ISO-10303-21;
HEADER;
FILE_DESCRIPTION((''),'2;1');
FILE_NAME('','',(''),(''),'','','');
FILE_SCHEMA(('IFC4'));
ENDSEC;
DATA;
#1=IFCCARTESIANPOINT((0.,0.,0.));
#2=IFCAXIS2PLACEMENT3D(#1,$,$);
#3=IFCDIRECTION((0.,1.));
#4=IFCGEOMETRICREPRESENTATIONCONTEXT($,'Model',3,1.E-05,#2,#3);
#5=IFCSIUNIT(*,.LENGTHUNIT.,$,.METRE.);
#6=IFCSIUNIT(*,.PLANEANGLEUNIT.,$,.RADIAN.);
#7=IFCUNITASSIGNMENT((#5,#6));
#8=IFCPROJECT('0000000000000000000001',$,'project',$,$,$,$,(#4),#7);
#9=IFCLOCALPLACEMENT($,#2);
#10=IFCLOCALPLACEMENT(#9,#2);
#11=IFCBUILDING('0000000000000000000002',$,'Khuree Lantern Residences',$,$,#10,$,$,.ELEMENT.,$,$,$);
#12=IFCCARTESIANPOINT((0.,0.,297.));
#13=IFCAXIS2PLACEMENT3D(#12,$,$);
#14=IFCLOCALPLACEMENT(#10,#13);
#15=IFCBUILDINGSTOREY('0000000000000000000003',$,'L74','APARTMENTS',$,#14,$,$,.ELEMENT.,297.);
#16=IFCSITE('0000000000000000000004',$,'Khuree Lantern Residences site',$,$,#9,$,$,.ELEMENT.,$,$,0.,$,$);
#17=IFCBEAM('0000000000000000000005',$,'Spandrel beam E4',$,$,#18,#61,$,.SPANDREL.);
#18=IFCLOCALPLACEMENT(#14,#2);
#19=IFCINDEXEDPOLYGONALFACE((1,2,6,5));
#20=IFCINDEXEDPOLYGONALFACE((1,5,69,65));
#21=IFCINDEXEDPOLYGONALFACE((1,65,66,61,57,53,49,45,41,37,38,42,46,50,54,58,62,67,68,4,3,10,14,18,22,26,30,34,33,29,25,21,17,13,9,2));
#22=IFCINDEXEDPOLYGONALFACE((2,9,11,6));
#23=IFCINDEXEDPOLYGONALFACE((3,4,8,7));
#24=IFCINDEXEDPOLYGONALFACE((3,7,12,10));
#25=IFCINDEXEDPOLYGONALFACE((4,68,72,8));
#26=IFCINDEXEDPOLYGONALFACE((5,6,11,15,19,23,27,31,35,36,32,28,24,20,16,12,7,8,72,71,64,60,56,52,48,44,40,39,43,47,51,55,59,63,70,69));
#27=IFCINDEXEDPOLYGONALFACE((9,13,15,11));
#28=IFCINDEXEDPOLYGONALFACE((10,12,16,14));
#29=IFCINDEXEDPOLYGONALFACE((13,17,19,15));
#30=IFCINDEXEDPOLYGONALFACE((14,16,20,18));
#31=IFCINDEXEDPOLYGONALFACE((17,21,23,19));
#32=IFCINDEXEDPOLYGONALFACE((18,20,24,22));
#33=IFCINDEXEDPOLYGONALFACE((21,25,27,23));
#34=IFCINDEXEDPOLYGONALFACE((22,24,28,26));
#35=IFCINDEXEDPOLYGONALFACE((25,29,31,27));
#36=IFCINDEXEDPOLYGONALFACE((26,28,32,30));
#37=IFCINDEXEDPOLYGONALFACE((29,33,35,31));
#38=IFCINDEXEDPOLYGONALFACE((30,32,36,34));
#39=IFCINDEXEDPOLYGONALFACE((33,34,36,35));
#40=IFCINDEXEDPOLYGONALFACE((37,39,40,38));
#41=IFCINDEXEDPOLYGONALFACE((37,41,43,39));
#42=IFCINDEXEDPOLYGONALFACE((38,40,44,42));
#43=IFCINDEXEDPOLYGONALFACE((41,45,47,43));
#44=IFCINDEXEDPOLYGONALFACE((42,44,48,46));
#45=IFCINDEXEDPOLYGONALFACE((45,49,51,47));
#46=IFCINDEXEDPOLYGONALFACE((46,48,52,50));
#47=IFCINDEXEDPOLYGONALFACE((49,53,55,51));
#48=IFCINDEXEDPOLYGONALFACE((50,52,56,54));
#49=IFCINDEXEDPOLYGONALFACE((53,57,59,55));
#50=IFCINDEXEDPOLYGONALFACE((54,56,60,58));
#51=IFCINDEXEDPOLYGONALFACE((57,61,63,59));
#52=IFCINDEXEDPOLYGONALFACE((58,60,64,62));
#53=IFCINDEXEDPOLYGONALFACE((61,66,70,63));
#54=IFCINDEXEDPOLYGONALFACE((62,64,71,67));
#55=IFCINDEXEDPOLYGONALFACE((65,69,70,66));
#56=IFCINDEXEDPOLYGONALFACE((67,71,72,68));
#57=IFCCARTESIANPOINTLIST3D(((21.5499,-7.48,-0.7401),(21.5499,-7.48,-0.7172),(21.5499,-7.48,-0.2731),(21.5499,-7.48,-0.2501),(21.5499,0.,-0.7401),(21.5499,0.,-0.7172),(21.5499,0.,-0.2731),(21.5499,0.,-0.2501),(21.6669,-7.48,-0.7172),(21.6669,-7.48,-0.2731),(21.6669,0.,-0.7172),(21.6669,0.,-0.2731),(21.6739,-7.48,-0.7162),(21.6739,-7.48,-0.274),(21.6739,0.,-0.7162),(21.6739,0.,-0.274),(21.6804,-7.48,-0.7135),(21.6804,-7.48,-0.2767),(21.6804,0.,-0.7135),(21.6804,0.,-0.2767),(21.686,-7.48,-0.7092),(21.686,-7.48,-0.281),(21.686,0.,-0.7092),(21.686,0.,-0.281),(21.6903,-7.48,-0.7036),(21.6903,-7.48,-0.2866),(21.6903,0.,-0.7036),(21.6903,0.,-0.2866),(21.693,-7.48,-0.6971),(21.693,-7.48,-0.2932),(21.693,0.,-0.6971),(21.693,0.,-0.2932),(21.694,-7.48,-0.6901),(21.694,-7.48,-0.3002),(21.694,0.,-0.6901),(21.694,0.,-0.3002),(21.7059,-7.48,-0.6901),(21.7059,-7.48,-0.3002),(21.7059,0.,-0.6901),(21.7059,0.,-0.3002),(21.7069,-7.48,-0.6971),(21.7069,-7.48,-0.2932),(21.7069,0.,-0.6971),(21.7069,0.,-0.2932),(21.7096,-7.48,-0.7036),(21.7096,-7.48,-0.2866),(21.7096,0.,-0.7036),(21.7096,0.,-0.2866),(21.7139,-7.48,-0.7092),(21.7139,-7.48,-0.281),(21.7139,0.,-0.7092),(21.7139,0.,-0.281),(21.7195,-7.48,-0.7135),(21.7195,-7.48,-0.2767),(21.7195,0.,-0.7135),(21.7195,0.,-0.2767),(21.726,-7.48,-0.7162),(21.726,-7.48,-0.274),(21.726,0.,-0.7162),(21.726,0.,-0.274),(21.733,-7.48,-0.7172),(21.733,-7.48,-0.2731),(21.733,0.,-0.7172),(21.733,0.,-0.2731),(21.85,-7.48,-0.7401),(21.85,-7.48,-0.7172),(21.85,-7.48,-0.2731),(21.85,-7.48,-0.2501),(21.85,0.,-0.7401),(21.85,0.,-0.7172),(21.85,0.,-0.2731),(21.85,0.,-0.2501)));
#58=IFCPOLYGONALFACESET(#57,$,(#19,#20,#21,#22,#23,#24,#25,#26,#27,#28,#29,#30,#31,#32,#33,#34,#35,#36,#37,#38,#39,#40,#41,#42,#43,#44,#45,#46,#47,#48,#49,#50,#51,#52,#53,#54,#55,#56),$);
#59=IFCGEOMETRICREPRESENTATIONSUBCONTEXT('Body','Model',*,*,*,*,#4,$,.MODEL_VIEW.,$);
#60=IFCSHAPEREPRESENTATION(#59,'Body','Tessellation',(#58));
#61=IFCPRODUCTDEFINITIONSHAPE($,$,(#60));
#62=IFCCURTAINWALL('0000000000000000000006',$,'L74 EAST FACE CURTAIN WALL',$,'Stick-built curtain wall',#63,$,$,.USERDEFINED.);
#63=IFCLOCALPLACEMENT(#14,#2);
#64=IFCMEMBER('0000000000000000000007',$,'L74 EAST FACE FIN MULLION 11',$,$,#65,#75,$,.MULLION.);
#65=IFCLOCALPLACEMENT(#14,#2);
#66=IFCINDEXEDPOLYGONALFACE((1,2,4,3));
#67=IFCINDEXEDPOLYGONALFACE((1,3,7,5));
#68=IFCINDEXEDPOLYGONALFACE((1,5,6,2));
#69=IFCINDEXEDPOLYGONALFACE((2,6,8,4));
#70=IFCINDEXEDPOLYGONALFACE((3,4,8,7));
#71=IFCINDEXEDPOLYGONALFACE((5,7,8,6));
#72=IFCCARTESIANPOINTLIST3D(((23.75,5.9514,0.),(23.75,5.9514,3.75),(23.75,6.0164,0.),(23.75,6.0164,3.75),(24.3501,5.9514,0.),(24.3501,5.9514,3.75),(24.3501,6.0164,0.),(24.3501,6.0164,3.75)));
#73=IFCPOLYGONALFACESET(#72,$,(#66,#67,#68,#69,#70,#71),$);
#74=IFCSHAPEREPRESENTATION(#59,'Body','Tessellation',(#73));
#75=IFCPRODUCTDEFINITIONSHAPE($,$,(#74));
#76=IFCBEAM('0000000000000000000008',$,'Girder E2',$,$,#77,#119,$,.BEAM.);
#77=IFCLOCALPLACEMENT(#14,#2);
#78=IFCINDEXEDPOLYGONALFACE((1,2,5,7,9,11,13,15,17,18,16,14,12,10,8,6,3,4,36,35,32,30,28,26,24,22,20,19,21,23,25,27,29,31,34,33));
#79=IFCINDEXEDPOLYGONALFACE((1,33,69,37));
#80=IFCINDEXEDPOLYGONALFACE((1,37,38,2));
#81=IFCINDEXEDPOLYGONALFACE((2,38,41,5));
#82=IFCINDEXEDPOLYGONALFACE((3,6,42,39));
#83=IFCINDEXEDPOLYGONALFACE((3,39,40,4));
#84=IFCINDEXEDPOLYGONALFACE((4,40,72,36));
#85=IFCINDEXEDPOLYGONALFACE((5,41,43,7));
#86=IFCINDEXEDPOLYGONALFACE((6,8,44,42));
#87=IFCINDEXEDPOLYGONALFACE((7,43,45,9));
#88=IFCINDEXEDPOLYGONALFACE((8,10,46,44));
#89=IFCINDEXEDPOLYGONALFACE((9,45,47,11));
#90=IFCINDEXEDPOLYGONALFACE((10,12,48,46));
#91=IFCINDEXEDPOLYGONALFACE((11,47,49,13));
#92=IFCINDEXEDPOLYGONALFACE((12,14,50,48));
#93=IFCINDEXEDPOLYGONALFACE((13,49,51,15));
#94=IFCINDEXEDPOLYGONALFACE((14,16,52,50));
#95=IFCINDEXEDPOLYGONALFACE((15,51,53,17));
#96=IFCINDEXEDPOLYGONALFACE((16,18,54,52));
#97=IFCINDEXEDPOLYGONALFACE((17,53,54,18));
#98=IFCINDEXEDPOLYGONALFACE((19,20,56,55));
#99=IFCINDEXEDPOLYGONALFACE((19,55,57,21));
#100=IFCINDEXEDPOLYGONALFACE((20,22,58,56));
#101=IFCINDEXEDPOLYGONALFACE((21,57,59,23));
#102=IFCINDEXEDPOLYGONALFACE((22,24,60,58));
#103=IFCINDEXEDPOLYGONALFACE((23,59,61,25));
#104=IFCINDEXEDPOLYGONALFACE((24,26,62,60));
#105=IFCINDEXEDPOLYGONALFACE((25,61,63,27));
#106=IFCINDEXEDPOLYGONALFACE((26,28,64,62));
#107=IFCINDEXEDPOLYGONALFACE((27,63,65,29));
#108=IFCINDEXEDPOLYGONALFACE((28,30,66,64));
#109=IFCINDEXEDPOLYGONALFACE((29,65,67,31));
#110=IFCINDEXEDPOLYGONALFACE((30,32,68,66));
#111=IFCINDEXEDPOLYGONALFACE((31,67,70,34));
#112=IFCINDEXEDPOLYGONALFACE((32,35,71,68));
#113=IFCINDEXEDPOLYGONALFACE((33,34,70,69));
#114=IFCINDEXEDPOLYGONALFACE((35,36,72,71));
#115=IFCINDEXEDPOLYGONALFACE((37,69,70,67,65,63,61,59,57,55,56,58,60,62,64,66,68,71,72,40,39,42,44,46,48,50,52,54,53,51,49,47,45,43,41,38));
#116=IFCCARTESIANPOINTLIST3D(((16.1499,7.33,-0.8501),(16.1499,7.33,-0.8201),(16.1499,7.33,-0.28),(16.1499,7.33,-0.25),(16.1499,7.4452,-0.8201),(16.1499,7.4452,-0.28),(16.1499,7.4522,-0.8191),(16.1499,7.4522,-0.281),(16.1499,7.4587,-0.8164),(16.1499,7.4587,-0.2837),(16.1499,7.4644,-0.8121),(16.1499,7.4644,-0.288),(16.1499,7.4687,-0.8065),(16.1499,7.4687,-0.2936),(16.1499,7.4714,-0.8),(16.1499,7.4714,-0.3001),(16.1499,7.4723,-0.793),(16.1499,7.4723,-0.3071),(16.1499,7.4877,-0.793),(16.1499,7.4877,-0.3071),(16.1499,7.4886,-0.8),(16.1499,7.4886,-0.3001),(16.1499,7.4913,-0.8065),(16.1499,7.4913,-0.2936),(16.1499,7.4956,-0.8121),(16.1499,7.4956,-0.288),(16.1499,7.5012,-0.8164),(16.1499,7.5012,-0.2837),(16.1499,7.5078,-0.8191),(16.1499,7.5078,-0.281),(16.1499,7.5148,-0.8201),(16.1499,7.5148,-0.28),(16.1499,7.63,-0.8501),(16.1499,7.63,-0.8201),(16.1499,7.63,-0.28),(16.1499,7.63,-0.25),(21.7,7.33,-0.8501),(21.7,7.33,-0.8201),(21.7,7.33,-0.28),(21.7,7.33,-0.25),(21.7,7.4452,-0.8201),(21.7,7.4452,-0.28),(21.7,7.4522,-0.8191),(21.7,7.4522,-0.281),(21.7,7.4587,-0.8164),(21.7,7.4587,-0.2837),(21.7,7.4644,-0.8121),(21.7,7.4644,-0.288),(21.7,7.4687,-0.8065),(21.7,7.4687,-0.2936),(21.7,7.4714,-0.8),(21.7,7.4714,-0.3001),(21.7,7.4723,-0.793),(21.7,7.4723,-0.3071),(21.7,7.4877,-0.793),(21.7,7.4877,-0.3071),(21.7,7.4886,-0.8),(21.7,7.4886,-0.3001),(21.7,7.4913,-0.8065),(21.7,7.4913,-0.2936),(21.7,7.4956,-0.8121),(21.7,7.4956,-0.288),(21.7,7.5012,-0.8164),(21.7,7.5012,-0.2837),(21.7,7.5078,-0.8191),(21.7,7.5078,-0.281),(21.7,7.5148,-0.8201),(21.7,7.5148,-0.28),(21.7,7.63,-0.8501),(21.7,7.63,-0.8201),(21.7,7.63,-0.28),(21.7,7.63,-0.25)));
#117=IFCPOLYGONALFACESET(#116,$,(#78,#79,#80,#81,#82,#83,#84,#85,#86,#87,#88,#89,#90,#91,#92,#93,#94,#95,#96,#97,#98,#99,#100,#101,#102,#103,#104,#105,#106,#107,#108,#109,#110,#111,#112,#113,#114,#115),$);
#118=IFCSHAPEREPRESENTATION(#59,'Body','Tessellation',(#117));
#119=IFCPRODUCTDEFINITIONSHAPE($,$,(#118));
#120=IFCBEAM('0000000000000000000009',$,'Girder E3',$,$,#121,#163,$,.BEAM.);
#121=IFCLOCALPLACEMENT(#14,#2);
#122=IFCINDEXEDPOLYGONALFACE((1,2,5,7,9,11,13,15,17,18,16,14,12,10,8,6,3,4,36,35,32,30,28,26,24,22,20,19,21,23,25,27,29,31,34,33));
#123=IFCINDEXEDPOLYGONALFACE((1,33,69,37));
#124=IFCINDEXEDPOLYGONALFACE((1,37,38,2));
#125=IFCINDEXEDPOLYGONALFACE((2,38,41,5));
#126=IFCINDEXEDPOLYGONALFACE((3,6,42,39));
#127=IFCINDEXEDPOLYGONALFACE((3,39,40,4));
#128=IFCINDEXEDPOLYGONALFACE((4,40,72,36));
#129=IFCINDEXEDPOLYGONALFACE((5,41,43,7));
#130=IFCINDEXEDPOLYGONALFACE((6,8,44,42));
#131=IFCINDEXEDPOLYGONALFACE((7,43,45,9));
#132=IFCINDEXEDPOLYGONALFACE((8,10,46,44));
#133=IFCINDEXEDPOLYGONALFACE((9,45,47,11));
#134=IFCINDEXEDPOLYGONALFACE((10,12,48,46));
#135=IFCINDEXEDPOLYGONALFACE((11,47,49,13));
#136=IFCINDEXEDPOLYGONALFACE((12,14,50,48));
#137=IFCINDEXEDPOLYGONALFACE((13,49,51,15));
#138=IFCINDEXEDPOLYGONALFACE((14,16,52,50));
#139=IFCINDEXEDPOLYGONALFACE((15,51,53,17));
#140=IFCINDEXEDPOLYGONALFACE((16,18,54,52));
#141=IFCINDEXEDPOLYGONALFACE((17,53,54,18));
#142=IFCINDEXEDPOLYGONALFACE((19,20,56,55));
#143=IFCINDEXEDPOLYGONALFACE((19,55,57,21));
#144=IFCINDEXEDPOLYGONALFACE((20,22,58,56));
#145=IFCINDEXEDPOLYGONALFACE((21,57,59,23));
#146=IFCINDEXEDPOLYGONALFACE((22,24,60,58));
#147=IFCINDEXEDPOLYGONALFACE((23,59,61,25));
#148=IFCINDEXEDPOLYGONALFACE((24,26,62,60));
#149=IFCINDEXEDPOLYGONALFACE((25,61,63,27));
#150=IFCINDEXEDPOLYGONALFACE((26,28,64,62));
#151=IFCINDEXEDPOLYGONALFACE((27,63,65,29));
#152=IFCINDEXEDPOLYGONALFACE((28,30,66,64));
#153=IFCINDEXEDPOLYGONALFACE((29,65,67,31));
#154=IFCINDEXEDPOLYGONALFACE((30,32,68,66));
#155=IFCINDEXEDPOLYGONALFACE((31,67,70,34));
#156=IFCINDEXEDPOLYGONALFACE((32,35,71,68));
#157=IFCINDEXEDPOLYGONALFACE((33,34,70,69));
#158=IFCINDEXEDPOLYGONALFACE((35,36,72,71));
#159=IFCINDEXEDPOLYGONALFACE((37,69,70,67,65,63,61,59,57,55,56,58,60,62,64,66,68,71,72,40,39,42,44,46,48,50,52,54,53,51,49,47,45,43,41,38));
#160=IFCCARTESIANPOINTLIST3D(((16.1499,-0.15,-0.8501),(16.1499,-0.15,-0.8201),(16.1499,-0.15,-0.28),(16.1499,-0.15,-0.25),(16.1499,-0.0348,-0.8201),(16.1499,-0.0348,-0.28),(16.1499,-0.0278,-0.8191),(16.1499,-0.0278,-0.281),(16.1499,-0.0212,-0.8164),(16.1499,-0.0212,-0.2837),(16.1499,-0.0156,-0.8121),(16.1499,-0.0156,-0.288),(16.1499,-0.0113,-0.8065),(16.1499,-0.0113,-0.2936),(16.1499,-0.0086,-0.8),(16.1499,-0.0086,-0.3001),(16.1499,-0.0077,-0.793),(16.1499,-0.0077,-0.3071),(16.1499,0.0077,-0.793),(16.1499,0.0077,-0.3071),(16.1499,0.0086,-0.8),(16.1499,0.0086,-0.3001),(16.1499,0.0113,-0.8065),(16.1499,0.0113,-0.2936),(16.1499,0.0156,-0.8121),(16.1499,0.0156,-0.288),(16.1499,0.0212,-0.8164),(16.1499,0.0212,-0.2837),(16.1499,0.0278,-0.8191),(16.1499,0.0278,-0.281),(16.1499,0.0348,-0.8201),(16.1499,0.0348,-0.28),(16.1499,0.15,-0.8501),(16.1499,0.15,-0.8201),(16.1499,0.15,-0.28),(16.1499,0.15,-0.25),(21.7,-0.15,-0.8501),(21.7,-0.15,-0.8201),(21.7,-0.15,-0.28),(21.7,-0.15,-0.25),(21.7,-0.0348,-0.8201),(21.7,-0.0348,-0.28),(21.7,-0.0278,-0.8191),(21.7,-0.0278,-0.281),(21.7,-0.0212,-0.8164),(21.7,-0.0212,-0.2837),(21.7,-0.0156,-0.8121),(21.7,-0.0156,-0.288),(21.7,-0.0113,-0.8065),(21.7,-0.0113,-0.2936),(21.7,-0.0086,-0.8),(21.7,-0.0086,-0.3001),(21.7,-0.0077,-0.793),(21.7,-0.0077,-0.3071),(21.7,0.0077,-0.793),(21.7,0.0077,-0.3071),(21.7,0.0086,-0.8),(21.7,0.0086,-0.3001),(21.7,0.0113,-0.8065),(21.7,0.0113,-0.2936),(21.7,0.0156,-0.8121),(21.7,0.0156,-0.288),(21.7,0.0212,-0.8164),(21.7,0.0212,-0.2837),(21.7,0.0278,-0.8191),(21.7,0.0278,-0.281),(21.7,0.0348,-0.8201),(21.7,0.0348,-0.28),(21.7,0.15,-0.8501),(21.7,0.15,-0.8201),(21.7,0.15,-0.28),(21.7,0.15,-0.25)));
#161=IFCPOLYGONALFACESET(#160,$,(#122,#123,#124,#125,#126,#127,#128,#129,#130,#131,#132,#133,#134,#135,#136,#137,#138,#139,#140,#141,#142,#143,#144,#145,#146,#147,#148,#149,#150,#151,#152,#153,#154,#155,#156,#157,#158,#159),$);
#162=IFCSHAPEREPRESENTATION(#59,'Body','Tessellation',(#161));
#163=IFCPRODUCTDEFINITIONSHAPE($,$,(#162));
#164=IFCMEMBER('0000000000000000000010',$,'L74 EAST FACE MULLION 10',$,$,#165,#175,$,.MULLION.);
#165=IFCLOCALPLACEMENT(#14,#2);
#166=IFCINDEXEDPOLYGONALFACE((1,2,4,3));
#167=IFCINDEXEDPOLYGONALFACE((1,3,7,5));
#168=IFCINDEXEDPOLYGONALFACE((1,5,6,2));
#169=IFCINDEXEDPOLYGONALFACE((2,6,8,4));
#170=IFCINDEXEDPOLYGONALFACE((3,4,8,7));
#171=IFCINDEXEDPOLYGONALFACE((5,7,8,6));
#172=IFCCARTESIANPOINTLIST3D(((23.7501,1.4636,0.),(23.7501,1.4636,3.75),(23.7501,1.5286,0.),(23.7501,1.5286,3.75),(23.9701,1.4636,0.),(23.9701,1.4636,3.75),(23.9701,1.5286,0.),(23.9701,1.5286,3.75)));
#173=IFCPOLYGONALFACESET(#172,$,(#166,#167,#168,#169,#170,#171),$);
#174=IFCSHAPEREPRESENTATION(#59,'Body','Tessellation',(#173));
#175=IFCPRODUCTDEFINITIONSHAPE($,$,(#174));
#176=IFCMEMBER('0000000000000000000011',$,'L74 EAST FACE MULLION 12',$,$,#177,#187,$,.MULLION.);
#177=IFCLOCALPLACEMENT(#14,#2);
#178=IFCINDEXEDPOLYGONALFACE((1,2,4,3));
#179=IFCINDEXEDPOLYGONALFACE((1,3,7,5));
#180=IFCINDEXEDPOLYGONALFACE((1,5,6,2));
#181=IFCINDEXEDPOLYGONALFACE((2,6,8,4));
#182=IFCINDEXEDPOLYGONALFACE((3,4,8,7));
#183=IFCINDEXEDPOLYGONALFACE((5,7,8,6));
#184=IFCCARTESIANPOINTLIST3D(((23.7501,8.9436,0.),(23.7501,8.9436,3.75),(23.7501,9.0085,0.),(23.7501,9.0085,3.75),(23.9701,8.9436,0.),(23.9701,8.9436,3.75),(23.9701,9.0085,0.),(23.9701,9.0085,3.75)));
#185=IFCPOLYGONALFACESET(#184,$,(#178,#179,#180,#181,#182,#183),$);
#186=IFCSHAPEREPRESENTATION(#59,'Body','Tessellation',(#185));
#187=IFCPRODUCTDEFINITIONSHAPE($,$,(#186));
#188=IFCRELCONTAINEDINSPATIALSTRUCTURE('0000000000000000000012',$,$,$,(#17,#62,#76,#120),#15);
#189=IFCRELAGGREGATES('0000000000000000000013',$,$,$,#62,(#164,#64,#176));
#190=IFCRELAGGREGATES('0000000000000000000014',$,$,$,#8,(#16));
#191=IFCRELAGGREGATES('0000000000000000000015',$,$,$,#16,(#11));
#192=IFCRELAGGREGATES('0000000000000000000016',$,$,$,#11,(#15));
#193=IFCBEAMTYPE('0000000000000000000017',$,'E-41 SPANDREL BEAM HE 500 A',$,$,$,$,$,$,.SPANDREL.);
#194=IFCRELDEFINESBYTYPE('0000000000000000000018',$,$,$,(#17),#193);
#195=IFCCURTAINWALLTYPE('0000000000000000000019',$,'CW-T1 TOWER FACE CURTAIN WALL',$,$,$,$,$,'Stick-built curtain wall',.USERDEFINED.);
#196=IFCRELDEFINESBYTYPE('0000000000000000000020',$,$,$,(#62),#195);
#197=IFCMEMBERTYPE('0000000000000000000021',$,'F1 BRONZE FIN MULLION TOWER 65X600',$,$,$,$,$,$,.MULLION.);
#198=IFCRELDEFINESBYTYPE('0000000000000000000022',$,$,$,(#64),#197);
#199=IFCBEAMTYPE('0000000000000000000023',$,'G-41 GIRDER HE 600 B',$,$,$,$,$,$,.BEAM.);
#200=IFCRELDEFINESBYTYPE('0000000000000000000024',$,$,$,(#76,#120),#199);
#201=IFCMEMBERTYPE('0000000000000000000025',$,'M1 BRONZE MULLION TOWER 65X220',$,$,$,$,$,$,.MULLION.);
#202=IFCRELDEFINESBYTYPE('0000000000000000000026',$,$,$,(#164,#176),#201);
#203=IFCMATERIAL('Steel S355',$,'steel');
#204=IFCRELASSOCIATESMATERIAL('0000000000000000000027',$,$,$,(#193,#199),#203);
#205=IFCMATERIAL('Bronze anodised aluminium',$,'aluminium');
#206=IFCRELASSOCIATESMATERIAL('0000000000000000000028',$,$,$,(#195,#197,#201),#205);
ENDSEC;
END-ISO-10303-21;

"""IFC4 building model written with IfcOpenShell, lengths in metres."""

from ifc_helpers import new_model, si_unit, direction, frame, origin, origin_2d, place, context, subcontext, project, spatial, rectangle, i_section, extrude, material, material_profile, profile_set, type_object, element, aggregate, save


model = new_model("IFC4")

# Units and contexts
model_context = context("Model", 3, precision=1e-05, world=origin(), true_north=direction((0.0, 1.0)))
body_context = subcontext(model_context, "Body", "Model", "MODEL_VIEW")
ifc_project = project(units=[si_unit("LENGTHUNIT", "METRE"), si_unit("PLANEANGLEUNIT", "RADIAN")], contexts=[model_context])

# Site, building, storey
site_placement = place(None, origin())
site = spatial("IfcSite", under=ifc_project, at=site_placement, Name="Khuree Lantern Residences site", CompositionType="ELEMENT", RefElevation=0.0)
building_placement = place(site_placement, origin())
building = spatial("IfcBuilding", under=site, at=building_placement, Name="Khuree Lantern Residences", CompositionType="ELEMENT")
storey_placement = place(building_placement, frame((0.0, 0.0, 297.0)))
storey = spatial("IfcBuildingStorey", under=building, at=storey_placement, Name="L74", Description="APARTMENTS", CompositionType="ELEMENT", Elevation=297.0)

# Beam
ifc_material_1 = material(Name="Steel S355", Category="steel")
ifc_material_profile_1 = material_profile(ifc_material_1, i_section(OverallWidth=0.3, OverallDepth=0.49, WebThickness=0.012, FlangeThickness=0.0229, FilletRadius=0.0271, at=origin_2d()), Name="HE 500 A")
ifc_profile_set_1 = profile_set([ifc_material_profile_1], Name="Steel S355")
beam_type_1 = type_object("IfcBeamType", Name="E-41 SPANDREL BEAM HE 500 A", PredefinedType="SPANDREL", material=ifc_profile_set_1)
for number, where, z_axis, x_axis, name in (
    (1, (21.7, 0.0, -0.4951), (0.0, -1.0, 0.0), (1.0, 0.0, 0.0), "Spandrel beam E4"),
):
    element("IfcBeam", number, at=place(storey_placement, frame(where, z_axis=z_axis, x_axis=x_axis)), inside=storey, type_object=beam_type_1, Name=name, PredefinedType="SPANDREL", context=body_context, shape_type="SweptSolid", body=[
        extrude(i_section(OverallWidth=0.3, OverallDepth=0.49, WebThickness=0.012, FlangeThickness=0.0229, FilletRadius=0.0271, at=origin_2d()), origin(), (0.0, 0.0, 1.0), 7.48),
    ])

# Curtain wall, member
ifc_material_2 = material(Name="Bronze anodised aluminium", Category="aluminium")
curtain_wall_type = type_object("IfcCurtainWallType", Name="CW-T1 TOWER FACE CURTAIN WALL", ElementType="Stick-built curtain wall", PredefinedType="USERDEFINED", material=ifc_material_2)
curtain_wall_placement = place(storey_placement, origin())
curtain_wall = element("IfcCurtainWall", 2, at=curtain_wall_placement, inside=storey, type_object=curtain_wall_type, Name="L74 EAST FACE CURTAIN WALL", ObjectType="Stick-built curtain wall", PredefinedType="USERDEFINED")
ifc_material_profile_2 = material_profile(ifc_material_2, rectangle(XDim=0.0649, YDim=0.6001, at=origin_2d()), Name="F1 65X600")
ifc_profile_set_2 = profile_set([ifc_material_profile_2], Name="Bronze anodised aluminium")
member_type_1 = type_object("IfcMemberType", Name="F1 BRONZE FIN MULLION TOWER 65X600", PredefinedType="MULLION", material=ifc_profile_set_2)
member_1_placement = place(storey_placement, frame((24.05, 5.9839, 0.0), z_axis=(0.0, 0.0, 1.0), x_axis=(0.0, 1.0, 0.0)))
member_1 = element("IfcMember", 3, at=member_1_placement, type_object=member_type_1, Name="L74 EAST FACE FIN MULLION 11", PredefinedType="MULLION", context=body_context, shape_type="SweptSolid", body=[
    extrude(rectangle(XDim=0.0649, YDim=0.6001, at=origin_2d()), origin(), (0.0, 0.0, 1.0), 3.75),
])

# Beams
ifc_material_profile_3 = material_profile(ifc_material_1, i_section(OverallWidth=0.3, OverallDepth=0.6001, WebThickness=0.0154, FlangeThickness=0.03, FilletRadius=0.0271, at=origin_2d()), Name="HE 600 B")
ifc_profile_set_3 = profile_set([ifc_material_profile_3], Name="Steel S355")
beam_type_2 = type_object("IfcBeamType", Name="G-41 GIRDER HE 600 B", PredefinedType="BEAM", material=ifc_profile_set_3)
for number, where, z_axis, x_axis, name in (
    (4, (21.7, 7.48, -0.55), (-1.0, 0.0, 0.0), (0.0, -1.0, 0.0), "Girder E2"),
    (5, (21.7, 0.0, -0.55), (-1.0, 0.0, 0.0), (0.0, -1.0, 0.0), "Girder E3"),
):
    element("IfcBeam", number, at=place(storey_placement, frame(where, z_axis=z_axis, x_axis=x_axis)), inside=storey, type_object=beam_type_2, Name=name, PredefinedType="BEAM", context=body_context, shape_type="SweptSolid", body=[
        extrude(i_section(OverallWidth=0.3, OverallDepth=0.6001, WebThickness=0.0154, FlangeThickness=0.03, FilletRadius=0.0271, at=origin_2d()), origin(), (0.0, 0.0, 1.0), 5.55),
    ])

# Members
ifc_material_profile_4 = material_profile(ifc_material_2, rectangle(XDim=0.0649, YDim=0.22, at=origin_2d()), Name="M1 65X220")
ifc_profile_set_4 = profile_set([ifc_material_profile_4], Name="Bronze anodised aluminium")
member_type_2 = type_object("IfcMemberType", Name="M1 BRONZE MULLION TOWER 65X220", PredefinedType="MULLION", material=ifc_profile_set_4)
member_2_placement = place(storey_placement, frame((23.8601, 1.4961, 0.0), z_axis=(0.0, 0.0, 1.0), x_axis=(0.0, 1.0, 0.0)))
member_2 = element("IfcMember", 6, at=member_2_placement, type_object=member_type_2, Name="L74 EAST FACE MULLION 10", PredefinedType="MULLION", context=body_context, shape_type="SweptSolid", body=[
    extrude(rectangle(XDim=0.0649, YDim=0.22, at=origin_2d()), origin(), (0.0, 0.0, 1.0), 3.75),
])
member_3_placement = place(storey_placement, frame((23.8601, 8.9761, 0.0), z_axis=(0.0, 0.0, 1.0), x_axis=(0.0, 1.0, 0.0)))
member_3 = element("IfcMember", 7, at=member_3_placement, type_object=member_type_2, Name="L74 EAST FACE MULLION 12", PredefinedType="MULLION", context=body_context, shape_type="SweptSolid", body=[
    extrude(rectangle(XDim=0.0649, YDim=0.22, at=origin_2d()), origin(), (0.0, 0.0, 1.0), 3.75),
])

aggregate(curtain_wall, [member_2, member_1, member_3])

save(model, "model.ifc")
